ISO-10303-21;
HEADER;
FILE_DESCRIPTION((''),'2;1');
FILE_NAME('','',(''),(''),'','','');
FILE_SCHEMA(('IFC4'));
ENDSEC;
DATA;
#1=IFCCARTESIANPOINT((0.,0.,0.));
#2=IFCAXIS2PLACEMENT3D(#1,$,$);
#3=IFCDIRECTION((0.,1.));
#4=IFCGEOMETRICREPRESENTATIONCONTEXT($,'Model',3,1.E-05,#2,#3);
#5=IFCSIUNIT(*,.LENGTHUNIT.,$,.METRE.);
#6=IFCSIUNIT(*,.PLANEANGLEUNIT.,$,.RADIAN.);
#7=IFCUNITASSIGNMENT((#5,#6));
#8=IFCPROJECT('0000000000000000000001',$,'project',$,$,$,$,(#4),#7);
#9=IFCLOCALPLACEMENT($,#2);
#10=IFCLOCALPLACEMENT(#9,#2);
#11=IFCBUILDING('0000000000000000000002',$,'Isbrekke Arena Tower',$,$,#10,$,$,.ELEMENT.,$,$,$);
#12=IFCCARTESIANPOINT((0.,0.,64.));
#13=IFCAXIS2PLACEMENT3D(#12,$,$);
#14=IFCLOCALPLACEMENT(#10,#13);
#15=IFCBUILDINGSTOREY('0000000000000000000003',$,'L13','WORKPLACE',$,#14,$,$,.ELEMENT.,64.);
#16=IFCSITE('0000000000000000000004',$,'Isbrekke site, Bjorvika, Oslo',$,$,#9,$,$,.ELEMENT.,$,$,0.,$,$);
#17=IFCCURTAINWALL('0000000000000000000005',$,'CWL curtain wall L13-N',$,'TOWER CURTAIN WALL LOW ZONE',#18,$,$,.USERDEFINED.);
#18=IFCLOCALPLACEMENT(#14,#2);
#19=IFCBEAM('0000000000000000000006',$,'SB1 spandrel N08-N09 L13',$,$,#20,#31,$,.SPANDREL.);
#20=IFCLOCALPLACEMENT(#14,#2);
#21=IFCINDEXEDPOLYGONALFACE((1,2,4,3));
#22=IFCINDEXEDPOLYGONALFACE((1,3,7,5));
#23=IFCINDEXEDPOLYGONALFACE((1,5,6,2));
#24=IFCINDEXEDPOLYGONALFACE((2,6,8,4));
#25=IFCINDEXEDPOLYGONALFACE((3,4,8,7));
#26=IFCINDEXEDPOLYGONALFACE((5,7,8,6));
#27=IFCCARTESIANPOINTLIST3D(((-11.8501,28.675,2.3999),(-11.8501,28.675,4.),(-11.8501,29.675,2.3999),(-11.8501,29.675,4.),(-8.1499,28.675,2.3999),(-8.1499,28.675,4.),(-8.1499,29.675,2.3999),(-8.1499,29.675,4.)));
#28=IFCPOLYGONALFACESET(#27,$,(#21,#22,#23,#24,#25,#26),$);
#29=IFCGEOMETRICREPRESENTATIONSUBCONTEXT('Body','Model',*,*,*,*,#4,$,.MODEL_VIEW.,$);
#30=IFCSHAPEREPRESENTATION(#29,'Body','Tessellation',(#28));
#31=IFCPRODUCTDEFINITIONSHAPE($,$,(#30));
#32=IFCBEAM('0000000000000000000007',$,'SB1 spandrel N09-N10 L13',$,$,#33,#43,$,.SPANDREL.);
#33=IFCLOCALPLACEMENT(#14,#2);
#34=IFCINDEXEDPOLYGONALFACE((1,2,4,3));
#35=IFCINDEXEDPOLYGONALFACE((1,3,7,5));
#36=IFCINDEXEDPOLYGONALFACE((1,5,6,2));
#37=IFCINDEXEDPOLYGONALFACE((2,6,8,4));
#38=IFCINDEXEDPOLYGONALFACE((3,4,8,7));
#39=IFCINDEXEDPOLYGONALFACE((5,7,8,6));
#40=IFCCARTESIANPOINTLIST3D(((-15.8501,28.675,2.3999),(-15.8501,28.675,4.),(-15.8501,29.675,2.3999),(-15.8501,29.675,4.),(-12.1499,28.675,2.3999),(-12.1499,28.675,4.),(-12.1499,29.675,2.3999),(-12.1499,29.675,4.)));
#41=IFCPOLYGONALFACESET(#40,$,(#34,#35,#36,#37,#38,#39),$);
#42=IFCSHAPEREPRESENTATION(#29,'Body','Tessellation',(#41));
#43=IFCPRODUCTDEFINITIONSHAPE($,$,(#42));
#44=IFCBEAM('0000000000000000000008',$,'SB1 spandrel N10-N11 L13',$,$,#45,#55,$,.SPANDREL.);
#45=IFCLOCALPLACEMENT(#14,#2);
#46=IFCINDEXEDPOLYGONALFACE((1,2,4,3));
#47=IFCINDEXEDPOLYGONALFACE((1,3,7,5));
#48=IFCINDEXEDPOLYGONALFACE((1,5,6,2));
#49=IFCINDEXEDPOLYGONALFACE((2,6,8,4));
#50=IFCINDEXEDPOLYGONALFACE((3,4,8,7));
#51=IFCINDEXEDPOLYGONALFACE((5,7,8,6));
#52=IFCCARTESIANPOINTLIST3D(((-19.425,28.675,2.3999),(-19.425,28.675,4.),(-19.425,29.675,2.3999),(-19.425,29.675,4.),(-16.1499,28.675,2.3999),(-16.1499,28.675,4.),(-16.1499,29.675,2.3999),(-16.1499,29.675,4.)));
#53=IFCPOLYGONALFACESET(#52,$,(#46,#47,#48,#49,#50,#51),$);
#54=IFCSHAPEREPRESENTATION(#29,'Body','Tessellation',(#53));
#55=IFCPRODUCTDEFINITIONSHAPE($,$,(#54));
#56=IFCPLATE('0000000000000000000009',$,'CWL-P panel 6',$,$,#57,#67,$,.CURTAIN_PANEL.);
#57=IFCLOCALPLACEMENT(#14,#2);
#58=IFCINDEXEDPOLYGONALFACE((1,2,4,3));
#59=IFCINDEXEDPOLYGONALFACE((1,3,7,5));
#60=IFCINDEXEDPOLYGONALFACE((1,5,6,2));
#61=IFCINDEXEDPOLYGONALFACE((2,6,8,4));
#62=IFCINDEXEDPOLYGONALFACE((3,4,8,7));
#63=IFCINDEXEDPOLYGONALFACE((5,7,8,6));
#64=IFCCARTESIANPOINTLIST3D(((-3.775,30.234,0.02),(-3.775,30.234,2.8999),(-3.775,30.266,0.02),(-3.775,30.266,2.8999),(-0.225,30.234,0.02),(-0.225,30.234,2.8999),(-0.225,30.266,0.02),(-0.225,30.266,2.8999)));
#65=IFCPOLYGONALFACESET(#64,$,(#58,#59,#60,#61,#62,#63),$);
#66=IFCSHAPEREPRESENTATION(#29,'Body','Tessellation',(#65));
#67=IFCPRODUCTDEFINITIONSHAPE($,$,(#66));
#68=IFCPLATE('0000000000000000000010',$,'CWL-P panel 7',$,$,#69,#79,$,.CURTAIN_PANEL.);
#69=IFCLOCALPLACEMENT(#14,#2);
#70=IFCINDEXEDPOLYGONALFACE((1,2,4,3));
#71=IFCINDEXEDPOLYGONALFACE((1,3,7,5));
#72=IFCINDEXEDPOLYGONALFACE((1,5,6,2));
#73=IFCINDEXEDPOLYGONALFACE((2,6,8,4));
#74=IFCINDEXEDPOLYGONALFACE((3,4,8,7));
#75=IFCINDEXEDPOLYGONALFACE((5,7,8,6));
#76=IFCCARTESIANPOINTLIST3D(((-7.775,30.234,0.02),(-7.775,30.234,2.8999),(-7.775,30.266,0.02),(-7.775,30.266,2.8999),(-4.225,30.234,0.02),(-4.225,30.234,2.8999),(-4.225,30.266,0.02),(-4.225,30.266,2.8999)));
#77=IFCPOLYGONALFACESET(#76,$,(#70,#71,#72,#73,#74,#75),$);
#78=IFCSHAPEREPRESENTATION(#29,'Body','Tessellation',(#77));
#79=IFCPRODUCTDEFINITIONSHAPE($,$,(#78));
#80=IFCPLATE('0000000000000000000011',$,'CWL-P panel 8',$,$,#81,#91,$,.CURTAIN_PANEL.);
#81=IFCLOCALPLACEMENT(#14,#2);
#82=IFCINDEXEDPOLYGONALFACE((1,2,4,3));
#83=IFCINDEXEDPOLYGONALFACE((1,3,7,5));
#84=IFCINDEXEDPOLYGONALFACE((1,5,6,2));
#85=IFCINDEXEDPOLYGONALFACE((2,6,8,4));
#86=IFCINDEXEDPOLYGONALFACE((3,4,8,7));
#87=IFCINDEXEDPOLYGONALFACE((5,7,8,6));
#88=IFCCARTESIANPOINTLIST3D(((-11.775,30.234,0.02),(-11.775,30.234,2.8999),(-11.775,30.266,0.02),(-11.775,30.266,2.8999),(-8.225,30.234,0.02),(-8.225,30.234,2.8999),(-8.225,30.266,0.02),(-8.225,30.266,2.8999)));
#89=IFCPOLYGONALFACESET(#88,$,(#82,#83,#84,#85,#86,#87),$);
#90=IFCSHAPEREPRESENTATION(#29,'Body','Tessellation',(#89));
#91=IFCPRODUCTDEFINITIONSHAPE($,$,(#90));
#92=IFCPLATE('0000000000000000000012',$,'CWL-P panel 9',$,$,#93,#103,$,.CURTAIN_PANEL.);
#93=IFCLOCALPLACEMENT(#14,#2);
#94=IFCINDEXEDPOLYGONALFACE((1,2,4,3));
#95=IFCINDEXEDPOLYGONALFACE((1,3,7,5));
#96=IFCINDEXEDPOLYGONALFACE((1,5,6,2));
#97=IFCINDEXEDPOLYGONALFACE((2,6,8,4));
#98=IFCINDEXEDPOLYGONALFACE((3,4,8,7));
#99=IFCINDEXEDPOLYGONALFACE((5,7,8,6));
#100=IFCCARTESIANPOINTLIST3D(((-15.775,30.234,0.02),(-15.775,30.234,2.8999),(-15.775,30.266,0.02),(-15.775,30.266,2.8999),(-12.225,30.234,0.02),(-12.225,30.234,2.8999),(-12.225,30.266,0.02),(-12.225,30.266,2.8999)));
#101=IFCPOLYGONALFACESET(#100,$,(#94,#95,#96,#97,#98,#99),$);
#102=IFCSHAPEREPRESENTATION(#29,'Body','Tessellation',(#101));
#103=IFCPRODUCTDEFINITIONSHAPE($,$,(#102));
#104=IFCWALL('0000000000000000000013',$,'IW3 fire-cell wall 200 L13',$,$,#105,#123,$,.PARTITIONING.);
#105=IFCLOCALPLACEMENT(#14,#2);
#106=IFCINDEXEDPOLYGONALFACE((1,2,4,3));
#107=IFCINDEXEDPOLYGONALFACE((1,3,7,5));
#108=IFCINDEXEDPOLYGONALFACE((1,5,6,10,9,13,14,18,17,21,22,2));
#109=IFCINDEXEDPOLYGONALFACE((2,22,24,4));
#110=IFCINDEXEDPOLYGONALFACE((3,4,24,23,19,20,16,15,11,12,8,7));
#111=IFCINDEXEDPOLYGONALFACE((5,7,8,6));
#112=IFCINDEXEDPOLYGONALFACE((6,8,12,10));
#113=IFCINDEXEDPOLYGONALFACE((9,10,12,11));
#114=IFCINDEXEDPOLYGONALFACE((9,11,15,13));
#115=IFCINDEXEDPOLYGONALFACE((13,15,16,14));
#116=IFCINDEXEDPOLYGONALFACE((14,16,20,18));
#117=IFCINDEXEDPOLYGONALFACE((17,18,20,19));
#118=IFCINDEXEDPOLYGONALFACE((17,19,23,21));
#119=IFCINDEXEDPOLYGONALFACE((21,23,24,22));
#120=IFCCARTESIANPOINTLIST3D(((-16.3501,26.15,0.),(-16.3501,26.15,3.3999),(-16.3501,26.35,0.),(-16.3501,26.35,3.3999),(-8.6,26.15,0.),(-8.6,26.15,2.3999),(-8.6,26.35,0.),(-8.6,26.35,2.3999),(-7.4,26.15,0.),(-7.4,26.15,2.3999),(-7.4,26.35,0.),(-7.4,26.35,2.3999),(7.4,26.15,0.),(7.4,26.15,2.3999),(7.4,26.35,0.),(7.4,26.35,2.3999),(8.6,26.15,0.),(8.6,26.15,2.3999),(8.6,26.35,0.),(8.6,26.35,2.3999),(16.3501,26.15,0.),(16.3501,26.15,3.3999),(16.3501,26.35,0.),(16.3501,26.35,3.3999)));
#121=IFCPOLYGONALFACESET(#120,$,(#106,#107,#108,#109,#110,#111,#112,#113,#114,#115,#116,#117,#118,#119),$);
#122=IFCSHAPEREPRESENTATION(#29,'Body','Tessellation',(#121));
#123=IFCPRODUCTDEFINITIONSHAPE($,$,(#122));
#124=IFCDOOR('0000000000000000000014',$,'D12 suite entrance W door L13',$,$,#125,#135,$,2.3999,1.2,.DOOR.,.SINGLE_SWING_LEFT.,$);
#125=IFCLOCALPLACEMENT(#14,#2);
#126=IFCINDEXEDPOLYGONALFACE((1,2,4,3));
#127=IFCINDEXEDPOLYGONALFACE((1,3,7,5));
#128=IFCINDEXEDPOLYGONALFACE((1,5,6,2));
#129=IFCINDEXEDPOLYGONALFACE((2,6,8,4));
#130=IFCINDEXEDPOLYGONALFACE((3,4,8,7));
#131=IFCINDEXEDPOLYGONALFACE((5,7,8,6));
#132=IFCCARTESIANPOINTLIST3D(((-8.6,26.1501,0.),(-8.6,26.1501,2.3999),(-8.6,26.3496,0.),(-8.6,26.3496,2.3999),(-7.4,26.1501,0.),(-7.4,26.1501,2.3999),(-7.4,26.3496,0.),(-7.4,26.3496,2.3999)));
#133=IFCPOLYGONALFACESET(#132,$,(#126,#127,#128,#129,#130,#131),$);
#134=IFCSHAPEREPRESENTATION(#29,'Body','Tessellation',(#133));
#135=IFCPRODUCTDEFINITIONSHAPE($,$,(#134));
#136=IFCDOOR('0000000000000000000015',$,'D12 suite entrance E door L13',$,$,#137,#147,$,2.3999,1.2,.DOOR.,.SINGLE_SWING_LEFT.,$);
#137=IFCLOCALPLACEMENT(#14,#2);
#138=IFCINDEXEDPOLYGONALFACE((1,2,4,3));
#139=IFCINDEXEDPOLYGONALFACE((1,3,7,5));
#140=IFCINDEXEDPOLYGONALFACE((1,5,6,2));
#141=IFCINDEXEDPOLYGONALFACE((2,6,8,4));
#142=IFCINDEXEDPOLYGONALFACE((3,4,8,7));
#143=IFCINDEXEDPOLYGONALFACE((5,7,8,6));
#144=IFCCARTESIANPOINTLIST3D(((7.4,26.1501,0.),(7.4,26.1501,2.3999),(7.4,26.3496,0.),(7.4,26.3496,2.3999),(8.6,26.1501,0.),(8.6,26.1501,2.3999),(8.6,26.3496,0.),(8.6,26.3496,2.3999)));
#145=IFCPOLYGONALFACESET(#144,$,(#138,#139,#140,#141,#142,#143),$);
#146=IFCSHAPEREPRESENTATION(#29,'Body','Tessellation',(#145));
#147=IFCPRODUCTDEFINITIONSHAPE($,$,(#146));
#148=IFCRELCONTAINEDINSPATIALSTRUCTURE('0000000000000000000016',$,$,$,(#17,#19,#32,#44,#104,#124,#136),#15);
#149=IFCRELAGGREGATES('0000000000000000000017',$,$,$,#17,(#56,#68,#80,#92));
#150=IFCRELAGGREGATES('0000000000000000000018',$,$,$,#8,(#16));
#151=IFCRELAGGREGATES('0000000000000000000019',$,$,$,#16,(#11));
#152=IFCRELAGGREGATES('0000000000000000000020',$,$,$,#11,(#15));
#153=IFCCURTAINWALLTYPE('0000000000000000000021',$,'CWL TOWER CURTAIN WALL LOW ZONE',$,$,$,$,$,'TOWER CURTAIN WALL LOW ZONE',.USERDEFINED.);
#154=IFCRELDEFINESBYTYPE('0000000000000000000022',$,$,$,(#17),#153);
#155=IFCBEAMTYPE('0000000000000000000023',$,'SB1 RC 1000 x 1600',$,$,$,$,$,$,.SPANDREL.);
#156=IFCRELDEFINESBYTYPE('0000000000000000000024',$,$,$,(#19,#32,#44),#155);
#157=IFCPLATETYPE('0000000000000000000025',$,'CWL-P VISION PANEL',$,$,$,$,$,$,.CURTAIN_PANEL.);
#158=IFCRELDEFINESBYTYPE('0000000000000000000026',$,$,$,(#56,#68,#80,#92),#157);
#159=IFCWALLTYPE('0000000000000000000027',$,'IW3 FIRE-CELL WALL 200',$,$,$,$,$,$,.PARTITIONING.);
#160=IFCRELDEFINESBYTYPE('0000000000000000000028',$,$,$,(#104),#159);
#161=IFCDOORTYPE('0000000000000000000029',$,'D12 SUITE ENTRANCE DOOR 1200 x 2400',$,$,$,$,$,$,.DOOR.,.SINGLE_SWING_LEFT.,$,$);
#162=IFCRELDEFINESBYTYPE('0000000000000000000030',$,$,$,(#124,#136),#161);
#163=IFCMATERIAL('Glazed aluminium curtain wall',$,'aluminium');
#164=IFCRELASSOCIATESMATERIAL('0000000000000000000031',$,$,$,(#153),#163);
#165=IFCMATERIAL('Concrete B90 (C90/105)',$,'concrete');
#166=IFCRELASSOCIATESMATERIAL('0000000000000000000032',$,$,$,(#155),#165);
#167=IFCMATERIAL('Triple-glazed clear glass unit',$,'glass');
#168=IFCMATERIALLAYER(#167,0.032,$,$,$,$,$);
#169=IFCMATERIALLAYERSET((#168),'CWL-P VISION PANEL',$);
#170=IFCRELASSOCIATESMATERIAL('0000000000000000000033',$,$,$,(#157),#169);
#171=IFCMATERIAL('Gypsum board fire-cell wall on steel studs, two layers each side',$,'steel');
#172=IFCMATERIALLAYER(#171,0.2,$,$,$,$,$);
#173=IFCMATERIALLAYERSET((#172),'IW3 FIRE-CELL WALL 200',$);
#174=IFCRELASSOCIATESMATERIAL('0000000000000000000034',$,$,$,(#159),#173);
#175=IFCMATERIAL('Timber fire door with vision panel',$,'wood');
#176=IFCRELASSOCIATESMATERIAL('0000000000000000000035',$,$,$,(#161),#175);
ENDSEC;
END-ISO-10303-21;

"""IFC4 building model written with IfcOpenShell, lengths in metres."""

from ifc_helpers import new_model, si_unit, direction, frame, frame_2d, origin, origin_2d, place, context, subcontext, project, spatial, rectangle, extrude, material, layer, layer_set, material_profile, profile_set, type_object, element, fill, aggregate, save


model = new_model("IFC4")

# Units and contexts
model_context = context("Model", 3, precision=1e-05, world=origin(), true_north=direction((0.0, 1.0)))
body_context = subcontext(model_context, "Body", "Model", "MODEL_VIEW")
ifc_project = project(units=[si_unit("LENGTHUNIT", "METRE"), si_unit("PLANEANGLEUNIT", "RADIAN")], contexts=[model_context])

# Site, building, storey
site_placement = place(None, origin())
site = spatial("IfcSite", under=ifc_project, at=site_placement, Name="Isbrekke site, Bjorvika, Oslo", CompositionType="ELEMENT", RefElevation=0.0)
building_placement = place(site_placement, origin())
building = spatial("IfcBuilding", under=site, at=building_placement, Name="Isbrekke Arena Tower", CompositionType="ELEMENT")
storey_placement = place(building_placement, frame((0.0, 0.0, 64.0)))
storey = spatial("IfcBuildingStorey", under=building, at=storey_placement, Name="L13", Description="WORKPLACE", CompositionType="ELEMENT", Elevation=64.0)

# Curtain wall
ifc_material_1 = material(Name="Glazed aluminium curtain wall", Category="aluminium")
curtain_wall_type = type_object("IfcCurtainWallType", Name="CWL TOWER CURTAIN WALL LOW ZONE", ElementType="TOWER CURTAIN WALL LOW ZONE", PredefinedType="USERDEFINED", material=ifc_material_1)
curtain_wall_placement = place(storey_placement, origin())
curtain_wall = element("IfcCurtainWall", 1, at=curtain_wall_placement, inside=storey, type_object=curtain_wall_type, Name="CWL curtain wall L13-N", ObjectType="TOWER CURTAIN WALL LOW ZONE", PredefinedType="USERDEFINED")

# Beams
ifc_material_2 = material(Name="Concrete B90 (C90/105)", Category="concrete")
ifc_material_profile_1 = material_profile(ifc_material_2, rectangle(XDim=1.0, YDim=1.6001, at=origin_2d()), Name="RC 1000x1600")
ifc_profile_set_1 = profile_set([ifc_material_profile_1], Name="Concrete B90 (C90/105)")
beam_type_1 = type_object("IfcBeamType", Name="SB1 RC 1000 x 1600", PredefinedType="SPANDREL", material=ifc_profile_set_1)
for number, where, z_axis, x_axis, name in (
    (2, (-8.1499, 29.175, 3.2), (-1.0, 0.0, 0.0), (0.0, -1.0, 0.0), "SB1 spandrel N08-N09 L13"),
    (3, (-12.1499, 29.175, 3.2), (-1.0, 0.0, 0.0), (0.0, -1.0, 0.0), "SB1 spandrel N09-N10 L13"),
):
    element("IfcBeam", number, at=place(storey_placement, frame(where, z_axis=z_axis, x_axis=x_axis)), inside=storey, type_object=beam_type_1, Name=name, PredefinedType="SPANDREL", context=body_context, shape_type="SweptSolid", body=[
        extrude(rectangle(XDim=1.0, YDim=1.6001, at=origin_2d()), origin(), (0.0, 0.0, 1.0), 3.7002),
    ])
beam_1_placement = place(storey_placement, frame((-16.1499, 29.175, 3.2), z_axis=(-1.0, 0.0, 0.0), x_axis=(0.0, -1.0, 0.0)))
element("IfcBeam", 4, at=beam_1_placement, inside=storey, type_object=beam_type_1, Name="SB1 spandrel N10-N11 L13", PredefinedType="SPANDREL", context=body_context, shape_type="SweptSolid", body=[
    extrude(rectangle(XDim=1.0, YDim=1.6001, at=origin_2d()), origin(), (0.0, 0.0, 1.0), 3.2751),
])

# Plates
ifc_material_3 = material(Name="Triple-glazed clear glass unit", Category="glass")
ifc_layer_1 = layer(ifc_material_3, 0.032)
ifc_layer_set_1 = layer_set([ifc_layer_1], Name="CWL-P VISION PANEL")
plate_type = type_object("IfcPlateType", Name="CWL-P VISION PANEL", PredefinedType="CURTAIN_PANEL", material=ifc_layer_set_1)
plate_1_placement = place(storey_placement, frame((-2.0, 30.25, 0.02), z_axis=(0.0, 0.0, 1.0), x_axis=(-1.0, 0.0, 0.0)))
plate_1 = element("IfcPlate", 5, at=plate_1_placement, type_object=plate_type, Name="CWL-P panel 6", PredefinedType="CURTAIN_PANEL", context=body_context, shape_type="SweptSolid", body=[
    extrude(rectangle(XDim=3.55, YDim=0.032, at=origin_2d()), origin(), (0.0, 0.0, 1.0), 2.8799),
])
plate_2_placement = place(storey_placement, frame((-6.0, 30.25, 0.02), z_axis=(0.0, 0.0, 1.0), x_axis=(-1.0, 0.0, 0.0)))
plate_2 = element("IfcPlate", 6, at=plate_2_placement, type_object=plate_type, Name="CWL-P panel 7", PredefinedType="CURTAIN_PANEL", context=body_context, shape_type="SweptSolid", body=[
    extrude(rectangle(XDim=3.55, YDim=0.032, at=origin_2d()), origin(), (0.0, 0.0, 1.0), 2.8799),
])
plate_3_placement = place(storey_placement, frame((-10.0, 30.25, 0.02), z_axis=(0.0, 0.0, 1.0), x_axis=(-1.0, 0.0, 0.0)))
plate_3 = element("IfcPlate", 7, at=plate_3_placement, type_object=plate_type, Name="CWL-P panel 8", PredefinedType="CURTAIN_PANEL", context=body_context, shape_type="SweptSolid", body=[
    extrude(rectangle(XDim=3.55, YDim=0.032, at=origin_2d()), origin(), (0.0, 0.0, 1.0), 2.8799),
])
plate_4_placement = place(storey_placement, frame((-14.0, 30.25, 0.02), z_axis=(0.0, 0.0, 1.0), x_axis=(-1.0, 0.0, 0.0)))
plate_4 = element("IfcPlate", 8, at=plate_4_placement, type_object=plate_type, Name="CWL-P panel 9", PredefinedType="CURTAIN_PANEL", context=body_context, shape_type="SweptSolid", body=[
    extrude(rectangle(XDim=3.55, YDim=0.032, at=origin_2d()), origin(), (0.0, 0.0, 1.0), 2.8799),
])
aggregate(curtain_wall, [plate_1, plate_2, plate_3, plate_4])

# Wall, openings, doors
ifc_material_4 = material(Name="Gypsum board fire-cell wall on steel studs, two layers each side", Category="steel")
ifc_layer_2 = layer(ifc_material_4, 0.2)
ifc_layer_set_2 = layer_set([ifc_layer_2], Name="IW3 FIRE-CELL WALL 200")
wall_type = type_object("IfcWallType", Name="IW3 FIRE-CELL WALL 200", PredefinedType="PARTITIONING", material=ifc_layer_set_2)
wall_placement = place(storey_placement, frame((-16.3501, 26.25, 0.0), z_axis=(0.0, 0.0, 1.0), x_axis=(1.0, 0.0, 0.0)))
wall = element("IfcWall", 9, at=wall_placement, inside=storey, type_object=wall_type, Name="IW3 fire-cell wall 200 L13", PredefinedType="PARTITIONING", context=body_context, shape_type="SweptSolid", body=[
    extrude(rectangle(XDim=32.7002, YDim=0.2, at=frame_2d((16.3501, 0.0))), origin(), (0.0, 0.0, 1.0), 3.3999),
])
opening_1_placement = place(wall_placement, frame((7.75, 0.0, 0.0)))
opening_1 = element("IfcOpeningElement", 10, at=opening_1_placement, cuts=wall, PredefinedType="OPENING", context=body_context, shape_type="SweptSolid", body=[
    extrude(rectangle(XDim=1.2, YDim=2.3999, at=frame_2d((0.6001, 1.2))), frame((0.0, 0.1147, 0.0), z_axis=(0.0, -1.0, 0.0), x_axis=(1.0, 0.0, 0.0)), (0.0, 0.0, 1.0), 0.2297),
])
opening_2_placement = place(wall_placement, frame((23.75, 0.0, 0.0)))
opening_2 = element("IfcOpeningElement", 11, at=opening_2_placement, cuts=wall, PredefinedType="OPENING", context=body_context, shape_type="SweptSolid", body=[
    extrude(rectangle(XDim=1.2, YDim=2.3999, at=frame_2d((0.6001, 1.2))), frame((0.0, 0.1147, 0.0), z_axis=(0.0, -1.0, 0.0), x_axis=(1.0, 0.0, 0.0)), (0.0, 0.0, 1.0), 0.2297),
])
ifc_material_5 = material(Name="Timber fire door with vision panel", Category="wood")
door_type = type_object("IfcDoorType", Name="D12 SUITE ENTRANCE DOOR 1200 x 2400", OperationType="SINGLE_SWING_LEFT", PredefinedType="DOOR", material=ifc_material_5)
door_1_placement = place(opening_1_placement, origin())
door_1 = element("IfcDoor", 12, at=door_1_placement, inside=storey, type_object=door_type, Name="D12 suite entrance W door L13", OperationType="SINGLE_SWING_LEFT", OverallHeight=2.3999, OverallWidth=1.2, PredefinedType="DOOR", context=body_context, shape_type="SweptSolid", body=[
    extrude(rectangle(XDim=1.2, YDim=2.3999, at=frame_2d((0.6001, 1.2))), frame((0.0, 0.0996, 0.0), z_axis=(0.0, -1.0, 0.0), x_axis=(1.0, 0.0, 0.0)), (0.0, 0.0, 1.0), 0.1995),
])
fill(opening_1, door_1)
door_2_placement = place(opening_2_placement, origin())
door_2 = element("IfcDoor", 13, at=door_2_placement, inside=storey, type_object=door_type, Name="D12 suite entrance E door L13", OperationType="SINGLE_SWING_LEFT", OverallHeight=2.3999, OverallWidth=1.2, PredefinedType="DOOR", context=body_context, shape_type="SweptSolid", body=[
    extrude(rectangle(XDim=1.2, YDim=2.3999, at=frame_2d((0.6001, 1.2))), frame((0.0, 0.0996, 0.0), z_axis=(0.0, -1.0, 0.0), x_axis=(1.0, 0.0, 0.0)), (0.0, 0.0, 1.0), 0.1995),
])
fill(opening_2, door_2)

save(model, "model.ifc")
